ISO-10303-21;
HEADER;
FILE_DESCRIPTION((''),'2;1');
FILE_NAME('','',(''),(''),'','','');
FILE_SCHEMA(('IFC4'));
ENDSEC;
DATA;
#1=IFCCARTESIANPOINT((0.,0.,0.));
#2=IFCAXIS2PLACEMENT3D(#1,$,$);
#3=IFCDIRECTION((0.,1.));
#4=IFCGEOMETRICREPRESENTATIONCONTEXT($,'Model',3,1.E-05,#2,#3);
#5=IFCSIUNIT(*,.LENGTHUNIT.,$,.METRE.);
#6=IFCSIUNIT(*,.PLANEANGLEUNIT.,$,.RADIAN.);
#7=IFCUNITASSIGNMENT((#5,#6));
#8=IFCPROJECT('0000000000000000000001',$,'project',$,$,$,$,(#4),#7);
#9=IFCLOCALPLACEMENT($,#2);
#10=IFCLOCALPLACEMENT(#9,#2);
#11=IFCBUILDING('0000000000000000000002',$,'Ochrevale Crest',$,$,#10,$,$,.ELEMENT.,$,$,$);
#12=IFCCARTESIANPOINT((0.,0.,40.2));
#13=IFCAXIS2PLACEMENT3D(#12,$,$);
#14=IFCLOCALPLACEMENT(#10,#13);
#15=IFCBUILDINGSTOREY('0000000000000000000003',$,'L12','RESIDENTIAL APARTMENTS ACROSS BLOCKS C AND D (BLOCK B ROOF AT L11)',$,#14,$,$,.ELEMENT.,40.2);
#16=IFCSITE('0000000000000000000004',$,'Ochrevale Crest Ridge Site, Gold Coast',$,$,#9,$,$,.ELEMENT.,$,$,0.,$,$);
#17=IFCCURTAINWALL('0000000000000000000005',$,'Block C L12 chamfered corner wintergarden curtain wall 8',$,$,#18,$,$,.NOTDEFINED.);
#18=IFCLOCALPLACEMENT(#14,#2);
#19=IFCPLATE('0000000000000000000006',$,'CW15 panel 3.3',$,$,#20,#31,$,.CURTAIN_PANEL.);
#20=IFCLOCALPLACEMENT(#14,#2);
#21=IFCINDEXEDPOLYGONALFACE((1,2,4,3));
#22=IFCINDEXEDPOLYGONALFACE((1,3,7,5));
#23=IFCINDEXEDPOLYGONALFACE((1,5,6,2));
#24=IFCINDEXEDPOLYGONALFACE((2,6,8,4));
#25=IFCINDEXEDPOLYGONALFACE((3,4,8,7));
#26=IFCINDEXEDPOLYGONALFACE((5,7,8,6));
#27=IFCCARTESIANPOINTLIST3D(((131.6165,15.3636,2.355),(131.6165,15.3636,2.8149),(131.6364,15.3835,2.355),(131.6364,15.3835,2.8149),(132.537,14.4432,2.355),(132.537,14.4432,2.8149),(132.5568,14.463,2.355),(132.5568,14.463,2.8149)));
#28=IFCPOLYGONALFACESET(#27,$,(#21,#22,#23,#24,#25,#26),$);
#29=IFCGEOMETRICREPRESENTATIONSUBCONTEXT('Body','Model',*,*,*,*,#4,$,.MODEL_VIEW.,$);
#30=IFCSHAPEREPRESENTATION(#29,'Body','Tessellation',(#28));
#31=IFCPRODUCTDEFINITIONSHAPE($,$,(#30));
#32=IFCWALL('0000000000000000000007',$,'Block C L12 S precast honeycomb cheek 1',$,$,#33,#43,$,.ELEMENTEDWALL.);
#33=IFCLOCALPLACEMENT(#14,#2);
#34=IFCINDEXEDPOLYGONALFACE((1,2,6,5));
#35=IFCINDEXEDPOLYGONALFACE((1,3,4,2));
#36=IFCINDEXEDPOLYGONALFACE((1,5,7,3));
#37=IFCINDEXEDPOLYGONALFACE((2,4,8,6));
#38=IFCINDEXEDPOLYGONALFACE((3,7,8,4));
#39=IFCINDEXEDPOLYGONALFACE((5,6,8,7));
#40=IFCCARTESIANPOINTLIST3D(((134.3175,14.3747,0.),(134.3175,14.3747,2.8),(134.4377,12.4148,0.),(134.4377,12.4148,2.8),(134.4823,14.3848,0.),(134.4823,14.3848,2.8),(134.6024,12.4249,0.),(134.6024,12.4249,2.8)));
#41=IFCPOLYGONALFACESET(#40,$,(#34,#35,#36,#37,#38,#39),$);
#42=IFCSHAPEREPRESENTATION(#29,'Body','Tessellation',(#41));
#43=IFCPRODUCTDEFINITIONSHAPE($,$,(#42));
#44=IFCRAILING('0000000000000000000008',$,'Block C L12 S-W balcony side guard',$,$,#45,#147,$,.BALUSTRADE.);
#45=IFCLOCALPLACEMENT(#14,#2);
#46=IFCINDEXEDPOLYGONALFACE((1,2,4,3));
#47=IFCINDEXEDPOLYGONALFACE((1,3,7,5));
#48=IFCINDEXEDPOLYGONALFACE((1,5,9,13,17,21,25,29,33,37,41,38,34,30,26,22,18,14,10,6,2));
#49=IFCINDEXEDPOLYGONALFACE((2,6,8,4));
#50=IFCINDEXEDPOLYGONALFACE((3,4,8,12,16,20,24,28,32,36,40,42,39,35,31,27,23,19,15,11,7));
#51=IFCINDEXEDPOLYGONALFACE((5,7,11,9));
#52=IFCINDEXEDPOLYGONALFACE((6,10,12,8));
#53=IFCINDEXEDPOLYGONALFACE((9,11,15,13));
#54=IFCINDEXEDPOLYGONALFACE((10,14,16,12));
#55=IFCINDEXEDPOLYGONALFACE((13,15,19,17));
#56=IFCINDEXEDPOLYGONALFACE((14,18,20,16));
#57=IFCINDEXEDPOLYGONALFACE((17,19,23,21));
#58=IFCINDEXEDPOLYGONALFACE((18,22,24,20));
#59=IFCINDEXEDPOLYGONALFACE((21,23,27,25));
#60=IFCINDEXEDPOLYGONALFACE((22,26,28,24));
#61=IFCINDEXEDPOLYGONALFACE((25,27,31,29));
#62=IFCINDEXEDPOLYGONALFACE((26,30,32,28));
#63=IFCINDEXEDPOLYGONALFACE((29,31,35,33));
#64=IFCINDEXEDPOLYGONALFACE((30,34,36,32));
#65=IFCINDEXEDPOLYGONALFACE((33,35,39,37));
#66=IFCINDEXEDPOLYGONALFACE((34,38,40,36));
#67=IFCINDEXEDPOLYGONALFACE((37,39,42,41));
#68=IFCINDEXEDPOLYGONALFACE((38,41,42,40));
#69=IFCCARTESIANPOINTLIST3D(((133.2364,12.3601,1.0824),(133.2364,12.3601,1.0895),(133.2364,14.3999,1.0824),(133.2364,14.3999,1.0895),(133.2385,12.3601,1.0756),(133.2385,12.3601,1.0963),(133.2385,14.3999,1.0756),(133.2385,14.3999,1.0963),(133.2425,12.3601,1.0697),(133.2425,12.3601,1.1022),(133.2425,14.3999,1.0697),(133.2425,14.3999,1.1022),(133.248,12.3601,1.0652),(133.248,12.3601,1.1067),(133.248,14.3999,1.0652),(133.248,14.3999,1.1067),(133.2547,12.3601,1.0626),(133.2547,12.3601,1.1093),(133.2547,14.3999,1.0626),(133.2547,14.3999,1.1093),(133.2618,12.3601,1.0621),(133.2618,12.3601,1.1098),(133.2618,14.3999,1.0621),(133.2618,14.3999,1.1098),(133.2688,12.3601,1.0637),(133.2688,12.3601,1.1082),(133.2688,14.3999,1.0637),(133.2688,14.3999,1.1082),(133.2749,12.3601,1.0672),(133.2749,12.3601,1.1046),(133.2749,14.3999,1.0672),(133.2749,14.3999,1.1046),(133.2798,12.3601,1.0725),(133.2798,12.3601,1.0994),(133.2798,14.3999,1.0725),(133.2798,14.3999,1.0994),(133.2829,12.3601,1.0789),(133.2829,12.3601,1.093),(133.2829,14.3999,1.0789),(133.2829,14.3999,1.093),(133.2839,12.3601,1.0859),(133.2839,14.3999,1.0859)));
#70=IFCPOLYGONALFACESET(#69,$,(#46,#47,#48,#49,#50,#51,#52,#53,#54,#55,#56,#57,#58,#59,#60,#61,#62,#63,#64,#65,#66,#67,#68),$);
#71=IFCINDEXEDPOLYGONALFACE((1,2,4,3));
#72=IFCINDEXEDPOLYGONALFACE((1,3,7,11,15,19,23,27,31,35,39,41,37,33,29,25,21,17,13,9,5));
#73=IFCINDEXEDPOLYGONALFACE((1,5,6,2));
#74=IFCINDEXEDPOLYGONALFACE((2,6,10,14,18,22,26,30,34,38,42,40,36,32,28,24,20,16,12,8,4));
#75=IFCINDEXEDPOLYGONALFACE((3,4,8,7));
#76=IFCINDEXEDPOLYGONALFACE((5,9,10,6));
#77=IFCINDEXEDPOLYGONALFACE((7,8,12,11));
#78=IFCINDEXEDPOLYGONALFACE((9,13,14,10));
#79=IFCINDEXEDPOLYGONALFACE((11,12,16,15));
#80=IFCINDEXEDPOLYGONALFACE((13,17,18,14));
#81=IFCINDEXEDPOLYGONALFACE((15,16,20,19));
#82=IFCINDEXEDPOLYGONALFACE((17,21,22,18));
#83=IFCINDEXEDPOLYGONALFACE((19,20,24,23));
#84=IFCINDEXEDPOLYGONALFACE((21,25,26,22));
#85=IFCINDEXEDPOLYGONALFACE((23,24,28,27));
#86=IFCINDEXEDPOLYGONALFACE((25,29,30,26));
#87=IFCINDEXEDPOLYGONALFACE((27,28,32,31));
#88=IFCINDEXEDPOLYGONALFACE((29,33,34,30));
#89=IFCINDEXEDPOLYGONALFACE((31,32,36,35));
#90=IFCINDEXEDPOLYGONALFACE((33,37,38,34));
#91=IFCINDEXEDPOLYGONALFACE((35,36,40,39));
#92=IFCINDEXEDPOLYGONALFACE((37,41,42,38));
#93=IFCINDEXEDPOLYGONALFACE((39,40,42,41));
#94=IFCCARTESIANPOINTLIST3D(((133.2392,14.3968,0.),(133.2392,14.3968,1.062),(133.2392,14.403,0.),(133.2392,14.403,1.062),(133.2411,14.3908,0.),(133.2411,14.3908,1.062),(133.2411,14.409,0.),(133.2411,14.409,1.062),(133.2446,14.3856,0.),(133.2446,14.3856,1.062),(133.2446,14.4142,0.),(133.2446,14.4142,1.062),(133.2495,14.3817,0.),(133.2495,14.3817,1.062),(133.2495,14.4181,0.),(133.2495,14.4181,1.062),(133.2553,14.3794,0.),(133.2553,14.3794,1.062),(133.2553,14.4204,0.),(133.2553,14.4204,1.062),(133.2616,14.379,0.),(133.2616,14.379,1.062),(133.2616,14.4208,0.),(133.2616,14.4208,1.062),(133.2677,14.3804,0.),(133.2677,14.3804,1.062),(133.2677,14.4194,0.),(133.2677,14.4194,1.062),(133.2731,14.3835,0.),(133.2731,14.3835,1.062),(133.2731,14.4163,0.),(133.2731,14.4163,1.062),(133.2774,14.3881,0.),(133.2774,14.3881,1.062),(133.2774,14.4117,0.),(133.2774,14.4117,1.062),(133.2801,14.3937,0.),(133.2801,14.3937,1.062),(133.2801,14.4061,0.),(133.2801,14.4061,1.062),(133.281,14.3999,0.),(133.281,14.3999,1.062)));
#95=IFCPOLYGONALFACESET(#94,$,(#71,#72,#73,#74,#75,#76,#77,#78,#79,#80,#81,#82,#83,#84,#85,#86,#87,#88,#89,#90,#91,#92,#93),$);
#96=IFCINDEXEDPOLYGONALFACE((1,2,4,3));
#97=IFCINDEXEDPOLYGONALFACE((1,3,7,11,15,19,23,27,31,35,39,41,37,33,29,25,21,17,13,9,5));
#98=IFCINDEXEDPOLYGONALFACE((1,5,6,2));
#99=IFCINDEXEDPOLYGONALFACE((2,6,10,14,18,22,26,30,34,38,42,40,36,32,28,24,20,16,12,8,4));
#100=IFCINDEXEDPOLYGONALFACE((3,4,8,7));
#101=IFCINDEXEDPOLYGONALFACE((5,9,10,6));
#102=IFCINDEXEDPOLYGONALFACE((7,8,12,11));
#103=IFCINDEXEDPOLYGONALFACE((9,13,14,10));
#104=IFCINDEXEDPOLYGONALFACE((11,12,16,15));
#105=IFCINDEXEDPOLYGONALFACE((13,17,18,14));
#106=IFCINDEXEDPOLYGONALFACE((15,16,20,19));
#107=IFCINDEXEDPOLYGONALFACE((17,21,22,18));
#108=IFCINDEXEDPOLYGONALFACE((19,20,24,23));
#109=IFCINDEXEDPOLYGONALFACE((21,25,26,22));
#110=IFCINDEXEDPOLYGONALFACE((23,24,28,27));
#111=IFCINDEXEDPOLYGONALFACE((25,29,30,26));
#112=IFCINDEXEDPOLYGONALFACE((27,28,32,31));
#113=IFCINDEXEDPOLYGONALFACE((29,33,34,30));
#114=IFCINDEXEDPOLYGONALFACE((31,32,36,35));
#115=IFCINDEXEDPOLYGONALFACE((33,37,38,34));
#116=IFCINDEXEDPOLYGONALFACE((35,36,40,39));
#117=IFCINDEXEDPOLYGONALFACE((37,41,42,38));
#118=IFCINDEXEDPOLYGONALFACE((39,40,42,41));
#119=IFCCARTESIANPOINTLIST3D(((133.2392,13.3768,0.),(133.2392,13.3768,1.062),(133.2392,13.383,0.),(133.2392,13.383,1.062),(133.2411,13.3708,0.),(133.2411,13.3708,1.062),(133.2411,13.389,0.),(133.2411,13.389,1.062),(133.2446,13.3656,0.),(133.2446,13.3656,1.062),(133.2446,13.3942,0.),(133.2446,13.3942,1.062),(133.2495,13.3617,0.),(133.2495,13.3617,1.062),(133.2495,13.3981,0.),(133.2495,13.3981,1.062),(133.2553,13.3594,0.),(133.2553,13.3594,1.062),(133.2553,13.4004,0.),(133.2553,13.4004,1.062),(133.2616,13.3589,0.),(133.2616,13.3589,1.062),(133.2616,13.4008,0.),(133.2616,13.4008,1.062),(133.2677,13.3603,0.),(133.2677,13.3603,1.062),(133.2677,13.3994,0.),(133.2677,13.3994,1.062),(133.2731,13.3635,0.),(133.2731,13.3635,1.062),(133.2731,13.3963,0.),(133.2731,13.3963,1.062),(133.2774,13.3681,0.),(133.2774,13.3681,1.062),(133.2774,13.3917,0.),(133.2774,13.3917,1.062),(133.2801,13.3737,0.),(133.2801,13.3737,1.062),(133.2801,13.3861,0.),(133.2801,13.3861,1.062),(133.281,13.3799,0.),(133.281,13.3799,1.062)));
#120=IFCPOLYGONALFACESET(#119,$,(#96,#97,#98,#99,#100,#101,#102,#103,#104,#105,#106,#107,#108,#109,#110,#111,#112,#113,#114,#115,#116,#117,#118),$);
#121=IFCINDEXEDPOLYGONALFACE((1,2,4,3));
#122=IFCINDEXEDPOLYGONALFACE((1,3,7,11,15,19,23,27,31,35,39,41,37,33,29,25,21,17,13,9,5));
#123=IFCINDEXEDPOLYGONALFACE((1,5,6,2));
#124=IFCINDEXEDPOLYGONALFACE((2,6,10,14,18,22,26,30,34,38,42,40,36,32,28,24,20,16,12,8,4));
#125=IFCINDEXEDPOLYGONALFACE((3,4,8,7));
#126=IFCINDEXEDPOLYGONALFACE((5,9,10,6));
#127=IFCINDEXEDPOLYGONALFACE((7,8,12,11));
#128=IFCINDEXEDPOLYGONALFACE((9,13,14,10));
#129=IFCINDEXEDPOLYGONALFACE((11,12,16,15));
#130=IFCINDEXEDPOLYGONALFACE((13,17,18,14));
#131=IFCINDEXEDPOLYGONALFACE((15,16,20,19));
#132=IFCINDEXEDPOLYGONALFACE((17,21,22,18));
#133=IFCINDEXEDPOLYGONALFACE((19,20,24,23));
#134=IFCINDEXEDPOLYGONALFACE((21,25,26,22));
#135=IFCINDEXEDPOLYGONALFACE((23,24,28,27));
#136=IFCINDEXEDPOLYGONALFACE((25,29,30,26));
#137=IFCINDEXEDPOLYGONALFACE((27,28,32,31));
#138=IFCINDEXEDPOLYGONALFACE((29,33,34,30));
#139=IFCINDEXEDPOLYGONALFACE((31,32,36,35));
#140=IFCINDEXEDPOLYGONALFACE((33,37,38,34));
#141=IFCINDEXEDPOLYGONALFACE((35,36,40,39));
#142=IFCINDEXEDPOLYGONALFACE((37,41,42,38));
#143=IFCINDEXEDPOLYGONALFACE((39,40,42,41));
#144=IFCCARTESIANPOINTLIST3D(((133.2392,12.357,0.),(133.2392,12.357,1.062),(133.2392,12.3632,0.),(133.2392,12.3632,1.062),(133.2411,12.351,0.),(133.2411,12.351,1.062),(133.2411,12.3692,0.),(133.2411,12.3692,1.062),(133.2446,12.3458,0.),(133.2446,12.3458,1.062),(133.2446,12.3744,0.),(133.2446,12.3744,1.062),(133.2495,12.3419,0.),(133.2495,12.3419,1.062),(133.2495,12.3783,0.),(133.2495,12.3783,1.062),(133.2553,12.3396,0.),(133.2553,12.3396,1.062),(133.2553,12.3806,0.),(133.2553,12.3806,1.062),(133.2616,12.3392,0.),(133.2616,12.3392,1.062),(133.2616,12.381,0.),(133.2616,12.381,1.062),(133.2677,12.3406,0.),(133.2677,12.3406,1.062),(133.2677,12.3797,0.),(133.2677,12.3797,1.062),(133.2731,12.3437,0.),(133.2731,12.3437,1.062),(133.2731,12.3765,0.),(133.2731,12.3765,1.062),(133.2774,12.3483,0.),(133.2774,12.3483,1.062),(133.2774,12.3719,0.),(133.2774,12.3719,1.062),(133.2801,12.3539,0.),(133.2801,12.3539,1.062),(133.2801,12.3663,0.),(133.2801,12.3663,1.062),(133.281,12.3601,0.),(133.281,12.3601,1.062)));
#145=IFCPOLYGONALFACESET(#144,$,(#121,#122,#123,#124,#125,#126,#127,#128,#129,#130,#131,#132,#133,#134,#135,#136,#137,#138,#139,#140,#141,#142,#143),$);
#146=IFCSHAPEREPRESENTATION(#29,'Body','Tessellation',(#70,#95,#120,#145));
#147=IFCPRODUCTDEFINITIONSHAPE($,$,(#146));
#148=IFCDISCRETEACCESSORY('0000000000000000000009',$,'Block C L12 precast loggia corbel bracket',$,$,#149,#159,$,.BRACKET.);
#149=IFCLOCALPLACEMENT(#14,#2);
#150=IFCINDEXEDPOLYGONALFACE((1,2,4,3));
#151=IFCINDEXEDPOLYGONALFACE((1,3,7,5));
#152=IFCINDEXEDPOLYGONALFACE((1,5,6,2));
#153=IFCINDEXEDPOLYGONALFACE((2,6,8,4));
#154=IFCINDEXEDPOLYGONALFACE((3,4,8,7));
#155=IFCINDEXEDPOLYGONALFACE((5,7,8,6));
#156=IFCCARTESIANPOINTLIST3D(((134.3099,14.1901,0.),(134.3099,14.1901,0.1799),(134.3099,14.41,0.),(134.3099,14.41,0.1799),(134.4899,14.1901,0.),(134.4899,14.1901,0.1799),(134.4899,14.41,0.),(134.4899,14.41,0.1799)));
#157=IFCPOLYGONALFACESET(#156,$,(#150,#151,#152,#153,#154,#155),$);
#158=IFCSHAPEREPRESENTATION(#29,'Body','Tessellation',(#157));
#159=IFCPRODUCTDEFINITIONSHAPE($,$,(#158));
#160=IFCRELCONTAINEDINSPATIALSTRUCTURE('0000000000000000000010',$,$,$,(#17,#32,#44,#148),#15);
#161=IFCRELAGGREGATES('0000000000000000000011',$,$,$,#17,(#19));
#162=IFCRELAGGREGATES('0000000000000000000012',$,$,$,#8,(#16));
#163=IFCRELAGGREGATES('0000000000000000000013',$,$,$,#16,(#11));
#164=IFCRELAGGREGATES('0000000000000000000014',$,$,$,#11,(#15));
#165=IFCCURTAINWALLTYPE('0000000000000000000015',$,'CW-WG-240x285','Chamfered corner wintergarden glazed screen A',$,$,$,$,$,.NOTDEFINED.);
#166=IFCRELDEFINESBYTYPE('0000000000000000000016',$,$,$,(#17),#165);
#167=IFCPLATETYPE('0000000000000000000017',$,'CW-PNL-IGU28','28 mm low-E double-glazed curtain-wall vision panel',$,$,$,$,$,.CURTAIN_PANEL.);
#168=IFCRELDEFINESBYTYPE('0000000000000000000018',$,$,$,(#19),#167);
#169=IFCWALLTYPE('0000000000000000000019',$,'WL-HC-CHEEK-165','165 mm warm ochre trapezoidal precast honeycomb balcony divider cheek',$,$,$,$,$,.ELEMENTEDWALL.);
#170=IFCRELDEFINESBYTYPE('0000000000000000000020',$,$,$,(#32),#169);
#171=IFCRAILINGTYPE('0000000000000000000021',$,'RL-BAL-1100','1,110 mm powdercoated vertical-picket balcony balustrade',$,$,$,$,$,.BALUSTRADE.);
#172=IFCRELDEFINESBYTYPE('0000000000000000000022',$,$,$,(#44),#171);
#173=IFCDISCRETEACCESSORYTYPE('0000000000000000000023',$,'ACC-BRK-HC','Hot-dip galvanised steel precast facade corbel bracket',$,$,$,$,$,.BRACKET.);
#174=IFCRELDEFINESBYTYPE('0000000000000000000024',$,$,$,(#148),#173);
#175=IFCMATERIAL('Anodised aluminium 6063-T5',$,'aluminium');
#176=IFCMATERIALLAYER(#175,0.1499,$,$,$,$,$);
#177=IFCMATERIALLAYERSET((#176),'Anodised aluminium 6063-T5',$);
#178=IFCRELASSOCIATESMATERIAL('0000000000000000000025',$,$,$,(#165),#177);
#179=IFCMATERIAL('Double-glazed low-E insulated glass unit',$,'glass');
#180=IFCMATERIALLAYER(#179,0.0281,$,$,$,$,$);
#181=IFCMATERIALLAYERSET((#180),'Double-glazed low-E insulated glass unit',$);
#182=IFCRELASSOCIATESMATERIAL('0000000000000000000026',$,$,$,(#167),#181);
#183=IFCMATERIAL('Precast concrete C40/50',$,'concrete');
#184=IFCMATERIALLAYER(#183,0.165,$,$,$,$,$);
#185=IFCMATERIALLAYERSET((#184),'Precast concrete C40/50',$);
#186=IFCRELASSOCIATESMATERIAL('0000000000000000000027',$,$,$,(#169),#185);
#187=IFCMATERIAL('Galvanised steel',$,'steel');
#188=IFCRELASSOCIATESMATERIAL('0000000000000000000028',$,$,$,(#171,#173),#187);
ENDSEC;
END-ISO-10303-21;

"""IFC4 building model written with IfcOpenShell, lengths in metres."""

from ifc_helpers import new_model, si_unit, direction, frame, frame_2d, origin, origin_2d, place, context, subcontext, project, spatial, rectangle, circle, extrude, material, layer, layer_set, type_object, element, aggregate, save


model = new_model("IFC4")

# Units and contexts
model_context = context("Model", 3, precision=1e-05, world=origin(), true_north=direction((0.0, 1.0)))
body_context = subcontext(model_context, "Body", "Model", "MODEL_VIEW")
ifc_project = project(units=[si_unit("LENGTHUNIT", "METRE"), si_unit("PLANEANGLEUNIT", "RADIAN")], contexts=[model_context])

# Site, building, storey
site_placement = place(None, origin())
site = spatial("IfcSite", under=ifc_project, at=site_placement, Name="Ochrevale Crest Ridge Site, Gold Coast", CompositionType="ELEMENT", RefElevation=0.0)
building_placement = place(site_placement, origin())
building = spatial("IfcBuilding", under=site, at=building_placement, Name="Ochrevale Crest", CompositionType="ELEMENT")
storey_placement = place(building_placement, frame((0.0, 0.0, 40.2)))
storey = spatial("IfcBuildingStorey", under=building, at=storey_placement, Name="L12", Description="RESIDENTIAL APARTMENTS ACROSS BLOCKS C AND D (BLOCK B ROOF AT L11)", CompositionType="ELEMENT", Elevation=40.2)

# Curtain wall, plate
ifc_material_1 = material(Name="Anodised aluminium 6063-T5", Category="aluminium")
ifc_layer_1 = layer(ifc_material_1, 0.1499)
ifc_layer_set_1 = layer_set([ifc_layer_1], Name="Anodised aluminium 6063-T5")
curtain_wall_type = type_object("IfcCurtainWallType", Name="CW-WG-240x285", Description="Chamfered corner wintergarden glazed screen A", PredefinedType="NOTDEFINED", material=ifc_layer_set_1)
curtain_wall_placement = place(storey_placement, origin())
curtain_wall = element("IfcCurtainWall", 1, at=curtain_wall_placement, inside=storey, type_object=curtain_wall_type, Name="Block C L12 chamfered corner wintergarden curtain wall 8", PredefinedType="NOTDEFINED")
ifc_material_2 = material(Name="Double-glazed low-E insulated glass unit", Category="glass")
ifc_layer_2 = layer(ifc_material_2, 0.0281)
ifc_layer_set_2 = layer_set([ifc_layer_2], Name="Double-glazed low-E insulated glass unit")
plate_type = type_object("IfcPlateType", Name="CW-PNL-IGU28", Description="28 mm low-E double-glazed curtain-wall vision panel", PredefinedType="CURTAIN_PANEL", material=ifc_layer_set_2)
plate_1_placement = place(storey_placement, frame((132.0867, 14.9133, 2.355), z_axis=(0.0, 0.0, 1.0), x_axis=(0.707107, -0.707107, 0.0)))
plate_1 = element("IfcPlate", 2, at=plate_1_placement, type_object=plate_type, Name="CW15 panel 3.3", PredefinedType="CURTAIN_PANEL", context=body_context, shape_type="SweptSolid", body=[
    extrude(rectangle(XDim=1.3018, YDim=0.0281, at=origin_2d()), origin(), (0.0, 0.0, 1.0), 0.46),
])
aggregate(curtain_wall, [plate_1])

# Shared definitions
ifc_material_3 = material(Name="Precast concrete C40/50", Category="concrete")

# Wall
ifc_layer_3 = layer(ifc_material_3, 0.165)
ifc_layer_set_3 = layer_set([ifc_layer_3], Name="Precast concrete C40/50")
wall_type_1 = type_object("IfcWallType", Name="WL-HC-CHEEK-165", Description="165 mm warm ochre trapezoidal precast honeycomb balcony divider cheek", PredefinedType="ELEMENTEDWALL", material=ifc_layer_set_3)
wall_1_placement = place(storey_placement, frame((134.3999, 14.3799, 0.0), z_axis=(0.0, 0.0, 1.0), x_axis=(0.061171, -0.998127, 0.0)))
element("IfcWall", 3, at=wall_1_placement, inside=storey, type_object=wall_type_1, Name="Block C L12 S precast honeycomb cheek 1", PredefinedType="ELEMENTEDWALL", context=body_context, shape_type="SweptSolid", body=[
    extrude(rectangle(XDim=1.9636, YDim=0.165, at=frame_2d((0.9819, 0.0))), origin(), (0.0, 0.0, 1.0), 2.8),
])

# Railing
ifc_material_4 = material(Name="Galvanised steel", Category="steel")
railing_type = type_object("IfcRailingType", Name="RL-BAL-1100", Description="1,110 mm powdercoated vertical-picket balcony balustrade", PredefinedType="BALUSTRADE", material=ifc_material_4)
railing_1_placement = place(storey_placement, frame((133.26, 14.3999, 0.0)))
element("IfcRailing", 4, at=railing_1_placement, inside=storey, type_object=railing_type, Name="Block C L12 S-W balcony side guard", PredefinedType="BALUSTRADE", context=body_context, shape_type="SweptSolid", body=[
    extrude(circle(Radius=0.0239, at=origin_2d()), frame((0.0, 0.0, 1.0859), z_axis=(0.0, -1.0, 0.0), x_axis=(1.0, 0.0, 0.0)), (0.0, 0.0, 1.0), 2.0398),
    extrude(circle(Radius=0.021, at=origin_2d()), origin(), (0.0, 0.0, 1.0), 1.062),
    extrude(circle(Radius=0.021, at=origin_2d()), frame((0.0, -1.02, 0.0)), (0.0, 0.0, 1.0), 1.062),
    extrude(circle(Radius=0.021, at=origin_2d()), frame((0.0, -2.0398, 0.0)), (0.0, 0.0, 1.0), 1.062),
])

# Discrete accessory
discrete_accessory_type = type_object("IfcDiscreteAccessoryType", Name="ACC-BRK-HC", Description="Hot-dip galvanised steel precast facade corbel bracket", PredefinedType="BRACKET", material=ifc_material_4)
discrete_accessory_placement = place(storey_placement, frame((134.3999, 14.3, 0.0), z_axis=(0.0, 0.0, 1.0), x_axis=(1.0, 0.0, 0.0)))
element("IfcDiscreteAccessory", 5, at=discrete_accessory_placement, inside=storey, type_object=discrete_accessory_type, Name="Block C L12 precast loggia corbel bracket", PredefinedType="BRACKET", context=body_context, shape_type="SweptSolid", body=[
    extrude(rectangle(XDim=0.1799, YDim=0.22, at=origin_2d()), origin(), (0.0, 0.0, 1.0), 0.1799),
])

save(model, "model.ifc")
